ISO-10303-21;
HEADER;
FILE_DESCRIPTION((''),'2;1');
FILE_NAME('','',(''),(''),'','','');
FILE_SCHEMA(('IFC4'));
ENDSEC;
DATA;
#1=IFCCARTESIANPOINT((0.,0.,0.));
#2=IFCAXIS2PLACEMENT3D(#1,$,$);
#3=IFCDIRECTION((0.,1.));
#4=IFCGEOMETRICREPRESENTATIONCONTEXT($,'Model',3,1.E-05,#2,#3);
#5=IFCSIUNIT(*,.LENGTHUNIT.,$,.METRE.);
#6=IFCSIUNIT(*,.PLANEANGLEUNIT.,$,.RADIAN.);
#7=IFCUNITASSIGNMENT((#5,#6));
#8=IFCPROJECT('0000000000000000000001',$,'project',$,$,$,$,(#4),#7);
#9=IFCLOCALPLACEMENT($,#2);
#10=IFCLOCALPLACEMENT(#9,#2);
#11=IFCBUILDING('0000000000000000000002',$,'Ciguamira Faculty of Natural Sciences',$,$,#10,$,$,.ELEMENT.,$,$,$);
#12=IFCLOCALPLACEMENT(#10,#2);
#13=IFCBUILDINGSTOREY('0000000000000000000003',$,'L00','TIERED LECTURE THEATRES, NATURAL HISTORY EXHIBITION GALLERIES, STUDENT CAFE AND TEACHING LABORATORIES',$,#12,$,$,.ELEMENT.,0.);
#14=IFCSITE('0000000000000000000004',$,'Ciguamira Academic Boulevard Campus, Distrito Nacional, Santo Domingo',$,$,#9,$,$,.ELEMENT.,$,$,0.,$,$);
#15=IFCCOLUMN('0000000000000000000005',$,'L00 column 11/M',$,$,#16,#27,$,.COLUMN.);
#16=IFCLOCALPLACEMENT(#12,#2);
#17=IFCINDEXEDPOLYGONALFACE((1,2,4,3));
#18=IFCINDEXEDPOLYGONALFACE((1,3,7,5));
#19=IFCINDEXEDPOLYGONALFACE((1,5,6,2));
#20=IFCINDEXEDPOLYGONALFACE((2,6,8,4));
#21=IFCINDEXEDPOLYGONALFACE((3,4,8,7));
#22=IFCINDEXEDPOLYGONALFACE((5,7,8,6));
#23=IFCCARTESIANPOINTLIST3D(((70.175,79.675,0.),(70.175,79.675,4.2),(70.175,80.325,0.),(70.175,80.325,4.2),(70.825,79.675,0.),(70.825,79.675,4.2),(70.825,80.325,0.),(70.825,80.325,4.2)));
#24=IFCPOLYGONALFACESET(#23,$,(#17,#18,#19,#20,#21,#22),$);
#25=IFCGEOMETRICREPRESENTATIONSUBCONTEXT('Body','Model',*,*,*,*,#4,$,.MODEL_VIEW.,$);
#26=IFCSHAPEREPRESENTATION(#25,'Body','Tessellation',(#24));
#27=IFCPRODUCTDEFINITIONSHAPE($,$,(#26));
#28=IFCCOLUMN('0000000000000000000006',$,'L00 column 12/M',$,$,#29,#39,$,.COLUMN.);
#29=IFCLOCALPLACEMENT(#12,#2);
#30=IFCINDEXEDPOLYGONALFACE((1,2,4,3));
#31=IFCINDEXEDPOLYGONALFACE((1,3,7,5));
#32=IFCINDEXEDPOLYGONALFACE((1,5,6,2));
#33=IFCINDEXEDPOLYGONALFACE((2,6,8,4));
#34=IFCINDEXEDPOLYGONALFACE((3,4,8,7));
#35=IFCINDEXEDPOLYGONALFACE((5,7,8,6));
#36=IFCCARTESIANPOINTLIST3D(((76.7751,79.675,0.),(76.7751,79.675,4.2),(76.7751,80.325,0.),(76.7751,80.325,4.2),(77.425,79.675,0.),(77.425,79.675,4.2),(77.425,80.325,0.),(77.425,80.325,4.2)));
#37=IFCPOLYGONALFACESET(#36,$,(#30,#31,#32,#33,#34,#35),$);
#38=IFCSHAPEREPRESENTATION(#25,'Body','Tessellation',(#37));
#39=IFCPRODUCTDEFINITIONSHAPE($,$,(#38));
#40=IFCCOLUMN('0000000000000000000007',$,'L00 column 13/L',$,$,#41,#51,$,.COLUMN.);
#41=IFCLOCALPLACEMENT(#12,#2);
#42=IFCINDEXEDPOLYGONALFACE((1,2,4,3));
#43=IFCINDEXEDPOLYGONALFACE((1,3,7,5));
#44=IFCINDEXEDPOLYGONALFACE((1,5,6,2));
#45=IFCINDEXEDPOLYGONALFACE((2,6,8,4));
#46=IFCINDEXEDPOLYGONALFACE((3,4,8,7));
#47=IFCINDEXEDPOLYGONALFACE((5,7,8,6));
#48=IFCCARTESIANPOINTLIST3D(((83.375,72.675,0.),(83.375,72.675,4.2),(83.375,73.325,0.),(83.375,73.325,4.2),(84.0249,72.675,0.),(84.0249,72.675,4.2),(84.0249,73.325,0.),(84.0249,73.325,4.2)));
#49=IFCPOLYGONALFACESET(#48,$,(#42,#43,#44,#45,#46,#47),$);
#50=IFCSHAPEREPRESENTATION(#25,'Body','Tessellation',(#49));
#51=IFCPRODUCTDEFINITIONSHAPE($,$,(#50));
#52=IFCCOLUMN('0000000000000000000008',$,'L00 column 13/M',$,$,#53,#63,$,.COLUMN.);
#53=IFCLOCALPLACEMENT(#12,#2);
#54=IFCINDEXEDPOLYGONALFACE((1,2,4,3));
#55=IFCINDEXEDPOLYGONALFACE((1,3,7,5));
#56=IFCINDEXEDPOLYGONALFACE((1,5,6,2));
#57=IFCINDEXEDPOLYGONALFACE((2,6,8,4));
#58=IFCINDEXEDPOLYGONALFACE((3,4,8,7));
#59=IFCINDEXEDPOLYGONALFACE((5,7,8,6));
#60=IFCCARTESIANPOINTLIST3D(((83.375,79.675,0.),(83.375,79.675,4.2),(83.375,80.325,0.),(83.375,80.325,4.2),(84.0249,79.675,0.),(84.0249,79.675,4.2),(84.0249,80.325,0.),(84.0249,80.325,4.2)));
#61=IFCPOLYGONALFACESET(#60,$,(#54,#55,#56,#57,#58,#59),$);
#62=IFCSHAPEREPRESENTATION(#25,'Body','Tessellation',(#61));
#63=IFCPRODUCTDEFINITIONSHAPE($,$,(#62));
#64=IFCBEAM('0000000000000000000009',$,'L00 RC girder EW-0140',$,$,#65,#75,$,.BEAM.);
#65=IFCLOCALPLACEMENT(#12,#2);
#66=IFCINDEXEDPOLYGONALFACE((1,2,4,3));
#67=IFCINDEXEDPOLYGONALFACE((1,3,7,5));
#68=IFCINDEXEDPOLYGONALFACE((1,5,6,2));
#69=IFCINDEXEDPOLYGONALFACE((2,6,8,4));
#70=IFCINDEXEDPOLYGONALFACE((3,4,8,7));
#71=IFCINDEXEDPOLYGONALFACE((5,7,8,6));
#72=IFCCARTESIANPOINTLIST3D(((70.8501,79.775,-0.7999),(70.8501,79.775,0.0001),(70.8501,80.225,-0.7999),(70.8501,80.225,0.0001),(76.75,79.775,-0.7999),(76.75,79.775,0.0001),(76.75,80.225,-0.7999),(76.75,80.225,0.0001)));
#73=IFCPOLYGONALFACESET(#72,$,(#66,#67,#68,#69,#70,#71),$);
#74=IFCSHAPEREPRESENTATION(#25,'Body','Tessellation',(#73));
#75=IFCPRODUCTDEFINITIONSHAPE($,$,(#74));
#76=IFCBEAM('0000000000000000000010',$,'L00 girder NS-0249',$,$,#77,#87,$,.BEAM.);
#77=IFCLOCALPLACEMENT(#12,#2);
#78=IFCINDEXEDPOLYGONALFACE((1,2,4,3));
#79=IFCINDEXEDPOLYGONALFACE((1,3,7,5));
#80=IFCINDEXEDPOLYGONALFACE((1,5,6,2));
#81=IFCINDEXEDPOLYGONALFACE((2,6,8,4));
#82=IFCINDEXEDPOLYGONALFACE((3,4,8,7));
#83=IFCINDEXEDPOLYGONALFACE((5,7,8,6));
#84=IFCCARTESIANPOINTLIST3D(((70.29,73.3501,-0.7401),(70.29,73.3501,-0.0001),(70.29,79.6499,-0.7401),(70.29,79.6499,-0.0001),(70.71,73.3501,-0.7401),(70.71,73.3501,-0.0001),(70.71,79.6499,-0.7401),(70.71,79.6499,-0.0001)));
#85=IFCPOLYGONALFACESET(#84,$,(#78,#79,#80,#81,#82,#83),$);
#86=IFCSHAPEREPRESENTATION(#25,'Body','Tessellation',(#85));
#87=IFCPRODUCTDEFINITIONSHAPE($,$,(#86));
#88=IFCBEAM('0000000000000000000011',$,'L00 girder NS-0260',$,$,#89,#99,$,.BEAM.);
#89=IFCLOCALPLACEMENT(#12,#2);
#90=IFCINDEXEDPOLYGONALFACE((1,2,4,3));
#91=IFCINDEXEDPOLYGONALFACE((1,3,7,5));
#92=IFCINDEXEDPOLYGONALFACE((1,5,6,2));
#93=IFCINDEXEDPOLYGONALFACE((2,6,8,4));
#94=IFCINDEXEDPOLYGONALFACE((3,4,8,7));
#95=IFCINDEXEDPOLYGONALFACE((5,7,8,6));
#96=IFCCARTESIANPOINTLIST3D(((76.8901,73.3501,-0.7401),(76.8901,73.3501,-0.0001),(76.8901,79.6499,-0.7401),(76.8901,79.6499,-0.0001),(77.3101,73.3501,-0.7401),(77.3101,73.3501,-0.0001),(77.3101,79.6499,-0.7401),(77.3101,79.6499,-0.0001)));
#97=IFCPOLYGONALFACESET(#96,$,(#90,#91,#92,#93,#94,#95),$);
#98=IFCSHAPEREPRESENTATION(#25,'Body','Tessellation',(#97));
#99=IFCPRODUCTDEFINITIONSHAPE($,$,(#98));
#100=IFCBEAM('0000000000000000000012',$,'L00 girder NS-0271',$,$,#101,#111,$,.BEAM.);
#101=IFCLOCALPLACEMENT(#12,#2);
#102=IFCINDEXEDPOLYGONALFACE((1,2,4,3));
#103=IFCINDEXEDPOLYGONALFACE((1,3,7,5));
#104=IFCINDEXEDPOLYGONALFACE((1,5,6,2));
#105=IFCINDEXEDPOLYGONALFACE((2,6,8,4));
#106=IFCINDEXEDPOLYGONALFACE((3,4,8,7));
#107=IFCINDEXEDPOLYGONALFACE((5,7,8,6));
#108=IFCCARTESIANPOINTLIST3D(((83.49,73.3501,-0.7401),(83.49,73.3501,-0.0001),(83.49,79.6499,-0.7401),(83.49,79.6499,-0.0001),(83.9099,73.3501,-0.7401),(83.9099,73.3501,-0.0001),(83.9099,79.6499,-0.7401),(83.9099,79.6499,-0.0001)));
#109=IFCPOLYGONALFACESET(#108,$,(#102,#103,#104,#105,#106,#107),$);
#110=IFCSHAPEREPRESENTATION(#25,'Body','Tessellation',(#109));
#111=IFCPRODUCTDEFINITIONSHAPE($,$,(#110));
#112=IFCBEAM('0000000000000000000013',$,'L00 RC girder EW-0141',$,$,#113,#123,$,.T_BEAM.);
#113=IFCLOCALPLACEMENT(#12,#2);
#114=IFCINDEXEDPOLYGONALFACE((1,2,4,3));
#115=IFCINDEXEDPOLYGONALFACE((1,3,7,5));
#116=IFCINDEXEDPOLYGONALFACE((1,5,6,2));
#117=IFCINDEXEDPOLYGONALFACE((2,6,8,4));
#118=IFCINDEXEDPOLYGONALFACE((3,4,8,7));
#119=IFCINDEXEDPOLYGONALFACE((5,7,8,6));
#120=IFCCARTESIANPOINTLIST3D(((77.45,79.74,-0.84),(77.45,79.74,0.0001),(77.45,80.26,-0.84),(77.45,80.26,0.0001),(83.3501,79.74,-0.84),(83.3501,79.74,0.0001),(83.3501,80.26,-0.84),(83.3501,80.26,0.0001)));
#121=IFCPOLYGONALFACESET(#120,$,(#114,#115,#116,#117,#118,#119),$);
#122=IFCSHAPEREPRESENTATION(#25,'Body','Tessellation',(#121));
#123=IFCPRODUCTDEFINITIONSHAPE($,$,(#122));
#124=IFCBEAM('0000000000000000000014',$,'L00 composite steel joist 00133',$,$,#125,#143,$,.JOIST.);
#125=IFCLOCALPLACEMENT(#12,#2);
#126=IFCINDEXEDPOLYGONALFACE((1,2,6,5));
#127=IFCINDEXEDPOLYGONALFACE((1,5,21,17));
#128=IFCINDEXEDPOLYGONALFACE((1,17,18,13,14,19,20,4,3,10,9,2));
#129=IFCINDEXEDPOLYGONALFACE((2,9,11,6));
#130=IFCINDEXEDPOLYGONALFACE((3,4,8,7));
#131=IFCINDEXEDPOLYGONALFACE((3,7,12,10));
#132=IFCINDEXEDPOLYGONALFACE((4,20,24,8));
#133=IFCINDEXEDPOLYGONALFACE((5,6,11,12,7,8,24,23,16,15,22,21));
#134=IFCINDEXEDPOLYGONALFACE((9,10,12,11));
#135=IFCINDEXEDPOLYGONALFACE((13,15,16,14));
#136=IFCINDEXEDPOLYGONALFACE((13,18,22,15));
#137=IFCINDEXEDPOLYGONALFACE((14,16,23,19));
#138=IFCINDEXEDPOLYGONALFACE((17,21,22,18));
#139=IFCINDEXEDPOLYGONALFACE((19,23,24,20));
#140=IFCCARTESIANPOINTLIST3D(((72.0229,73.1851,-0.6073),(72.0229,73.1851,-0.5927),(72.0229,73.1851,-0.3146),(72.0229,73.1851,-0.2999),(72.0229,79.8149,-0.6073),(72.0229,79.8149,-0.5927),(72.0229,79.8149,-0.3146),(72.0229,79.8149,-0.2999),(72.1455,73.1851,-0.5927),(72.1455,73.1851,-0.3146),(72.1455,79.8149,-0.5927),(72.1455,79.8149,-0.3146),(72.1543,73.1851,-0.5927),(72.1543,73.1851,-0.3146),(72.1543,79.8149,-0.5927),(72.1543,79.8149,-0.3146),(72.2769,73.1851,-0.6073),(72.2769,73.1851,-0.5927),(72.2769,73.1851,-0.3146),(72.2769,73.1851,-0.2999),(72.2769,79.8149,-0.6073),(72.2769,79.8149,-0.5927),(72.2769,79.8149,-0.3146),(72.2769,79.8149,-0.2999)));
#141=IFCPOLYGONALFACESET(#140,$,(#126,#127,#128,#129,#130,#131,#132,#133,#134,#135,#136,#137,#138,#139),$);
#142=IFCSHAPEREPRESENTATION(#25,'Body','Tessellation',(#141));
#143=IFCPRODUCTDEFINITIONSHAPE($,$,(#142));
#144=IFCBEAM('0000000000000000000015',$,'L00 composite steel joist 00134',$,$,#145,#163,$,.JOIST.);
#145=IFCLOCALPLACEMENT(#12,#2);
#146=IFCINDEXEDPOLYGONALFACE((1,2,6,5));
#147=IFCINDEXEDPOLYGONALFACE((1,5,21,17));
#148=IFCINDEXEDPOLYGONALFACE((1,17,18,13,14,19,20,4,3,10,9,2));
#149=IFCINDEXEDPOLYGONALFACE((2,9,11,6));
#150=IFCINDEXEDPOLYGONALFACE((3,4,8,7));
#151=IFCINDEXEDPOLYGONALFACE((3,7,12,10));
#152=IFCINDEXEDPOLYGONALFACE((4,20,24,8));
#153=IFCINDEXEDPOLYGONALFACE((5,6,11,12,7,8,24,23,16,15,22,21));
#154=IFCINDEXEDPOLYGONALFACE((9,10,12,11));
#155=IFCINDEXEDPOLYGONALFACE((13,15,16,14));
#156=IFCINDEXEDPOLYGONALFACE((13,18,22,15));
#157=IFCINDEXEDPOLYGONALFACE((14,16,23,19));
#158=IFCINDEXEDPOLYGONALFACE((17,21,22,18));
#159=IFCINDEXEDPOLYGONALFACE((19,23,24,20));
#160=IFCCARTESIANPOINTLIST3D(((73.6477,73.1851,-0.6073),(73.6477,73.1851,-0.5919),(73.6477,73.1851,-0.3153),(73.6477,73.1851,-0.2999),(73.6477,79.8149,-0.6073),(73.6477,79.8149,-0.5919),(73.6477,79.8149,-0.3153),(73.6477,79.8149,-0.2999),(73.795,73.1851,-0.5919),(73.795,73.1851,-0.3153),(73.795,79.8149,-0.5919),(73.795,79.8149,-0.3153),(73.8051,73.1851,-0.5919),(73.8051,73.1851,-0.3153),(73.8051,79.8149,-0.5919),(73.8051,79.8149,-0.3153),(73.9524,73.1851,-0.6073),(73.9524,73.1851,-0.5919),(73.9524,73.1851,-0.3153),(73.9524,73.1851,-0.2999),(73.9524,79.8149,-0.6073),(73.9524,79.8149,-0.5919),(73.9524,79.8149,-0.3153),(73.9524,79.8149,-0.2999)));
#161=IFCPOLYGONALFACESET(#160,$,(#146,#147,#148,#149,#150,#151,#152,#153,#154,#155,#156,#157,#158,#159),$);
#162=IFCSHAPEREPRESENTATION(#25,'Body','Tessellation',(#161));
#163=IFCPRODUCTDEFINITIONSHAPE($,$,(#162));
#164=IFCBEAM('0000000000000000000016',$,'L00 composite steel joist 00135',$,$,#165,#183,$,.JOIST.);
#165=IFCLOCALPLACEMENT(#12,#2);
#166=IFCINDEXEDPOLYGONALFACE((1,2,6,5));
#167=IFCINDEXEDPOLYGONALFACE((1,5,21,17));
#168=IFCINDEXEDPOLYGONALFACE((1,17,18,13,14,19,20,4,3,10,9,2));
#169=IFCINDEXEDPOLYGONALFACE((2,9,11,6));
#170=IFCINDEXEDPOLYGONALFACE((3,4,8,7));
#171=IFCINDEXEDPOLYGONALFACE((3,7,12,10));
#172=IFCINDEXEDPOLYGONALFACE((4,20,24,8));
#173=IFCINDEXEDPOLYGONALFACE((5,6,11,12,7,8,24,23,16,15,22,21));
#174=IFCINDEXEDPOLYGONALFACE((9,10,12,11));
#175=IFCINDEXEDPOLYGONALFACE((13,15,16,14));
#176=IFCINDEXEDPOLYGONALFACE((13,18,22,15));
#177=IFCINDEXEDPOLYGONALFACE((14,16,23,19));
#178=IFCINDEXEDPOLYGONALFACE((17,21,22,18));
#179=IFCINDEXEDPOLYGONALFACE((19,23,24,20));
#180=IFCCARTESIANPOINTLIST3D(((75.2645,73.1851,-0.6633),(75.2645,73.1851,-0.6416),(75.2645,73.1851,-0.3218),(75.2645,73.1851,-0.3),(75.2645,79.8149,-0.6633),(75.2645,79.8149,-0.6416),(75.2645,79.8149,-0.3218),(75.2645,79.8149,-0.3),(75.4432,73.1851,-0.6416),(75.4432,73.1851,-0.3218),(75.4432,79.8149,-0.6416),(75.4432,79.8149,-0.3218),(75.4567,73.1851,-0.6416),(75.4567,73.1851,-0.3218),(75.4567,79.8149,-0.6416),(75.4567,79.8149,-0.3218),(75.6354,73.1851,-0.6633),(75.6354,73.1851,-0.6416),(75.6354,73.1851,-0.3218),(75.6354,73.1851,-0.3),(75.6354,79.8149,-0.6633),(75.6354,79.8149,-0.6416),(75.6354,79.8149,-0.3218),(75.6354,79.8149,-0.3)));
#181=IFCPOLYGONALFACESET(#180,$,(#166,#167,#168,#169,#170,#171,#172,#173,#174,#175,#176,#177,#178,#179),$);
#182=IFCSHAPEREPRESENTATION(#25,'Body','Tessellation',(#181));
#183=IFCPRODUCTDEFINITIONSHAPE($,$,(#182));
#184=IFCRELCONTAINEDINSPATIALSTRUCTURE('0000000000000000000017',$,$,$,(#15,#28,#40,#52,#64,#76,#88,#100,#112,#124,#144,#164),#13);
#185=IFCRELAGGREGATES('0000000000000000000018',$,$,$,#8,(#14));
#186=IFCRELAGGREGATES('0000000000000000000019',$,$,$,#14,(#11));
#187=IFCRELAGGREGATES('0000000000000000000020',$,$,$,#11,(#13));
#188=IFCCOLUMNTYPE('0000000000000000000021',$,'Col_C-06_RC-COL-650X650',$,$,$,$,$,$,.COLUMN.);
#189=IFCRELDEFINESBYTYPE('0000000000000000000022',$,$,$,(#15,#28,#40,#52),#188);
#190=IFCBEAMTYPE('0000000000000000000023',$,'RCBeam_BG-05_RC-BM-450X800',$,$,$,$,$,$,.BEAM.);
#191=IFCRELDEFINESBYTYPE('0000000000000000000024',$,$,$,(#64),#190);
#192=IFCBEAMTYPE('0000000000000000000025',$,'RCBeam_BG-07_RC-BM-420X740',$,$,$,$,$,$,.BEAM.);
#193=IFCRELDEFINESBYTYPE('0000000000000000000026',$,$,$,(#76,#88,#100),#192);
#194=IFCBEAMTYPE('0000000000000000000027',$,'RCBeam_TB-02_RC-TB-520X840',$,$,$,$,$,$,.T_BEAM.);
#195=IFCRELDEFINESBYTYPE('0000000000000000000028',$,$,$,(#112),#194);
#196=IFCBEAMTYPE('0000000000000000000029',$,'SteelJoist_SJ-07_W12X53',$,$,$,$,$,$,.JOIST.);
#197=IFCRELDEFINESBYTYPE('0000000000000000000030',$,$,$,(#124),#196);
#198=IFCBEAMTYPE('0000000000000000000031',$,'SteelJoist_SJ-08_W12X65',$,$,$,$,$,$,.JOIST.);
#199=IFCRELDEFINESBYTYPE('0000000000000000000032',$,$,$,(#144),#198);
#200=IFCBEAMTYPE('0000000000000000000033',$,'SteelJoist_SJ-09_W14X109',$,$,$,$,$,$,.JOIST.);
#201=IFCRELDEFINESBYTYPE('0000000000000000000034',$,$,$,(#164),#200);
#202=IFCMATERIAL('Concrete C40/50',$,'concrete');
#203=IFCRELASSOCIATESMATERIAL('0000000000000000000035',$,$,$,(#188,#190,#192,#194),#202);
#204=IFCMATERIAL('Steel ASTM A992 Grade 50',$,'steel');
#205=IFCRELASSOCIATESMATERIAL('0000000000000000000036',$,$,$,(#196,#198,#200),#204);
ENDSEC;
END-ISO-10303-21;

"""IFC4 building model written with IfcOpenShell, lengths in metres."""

from ifc_helpers import new_model, si_unit, direction, frame, origin, origin_2d, place, context, subcontext, project, spatial, rectangle, i_section, extrude, material, material_profile, profile_set, type_object, element, save


model = new_model("IFC4")

# Units and contexts
model_context = context("Model", 3, precision=1e-05, world=origin(), true_north=direction((0.0, 1.0)))
body_context = subcontext(model_context, "Body", "Model", "MODEL_VIEW")
ifc_project = project(units=[si_unit("LENGTHUNIT", "METRE"), si_unit("PLANEANGLEUNIT", "RADIAN")], contexts=[model_context])

# Site, building, storey
site_placement = place(None, origin())
site = spatial("IfcSite", under=ifc_project, at=site_placement, Name="Ciguamira Academic Boulevard Campus, Distrito Nacional, Santo Domingo", CompositionType="ELEMENT", RefElevation=0.0)
building_placement = place(site_placement, origin())
building = spatial("IfcBuilding", under=site, at=building_placement, Name="Ciguamira Faculty of Natural Sciences", CompositionType="ELEMENT")
storey_placement = place(building_placement, origin())
storey = spatial("IfcBuildingStorey", under=building, at=storey_placement, Name="L00", Description="TIERED LECTURE THEATRES, NATURAL HISTORY EXHIBITION GALLERIES, STUDENT CAFE AND TEACHING LABORATORIES", CompositionType="ELEMENT", Elevation=0.0)

# Columns
ifc_material_1 = material(Name="Concrete C40/50", Category="concrete")
ifc_material_profile_1 = material_profile(ifc_material_1, rectangle(XDim=0.6499, YDim=0.6499, at=origin_2d()), Name="RC-COL-650X650")
ifc_profile_set_1 = profile_set([ifc_material_profile_1], Name="Concrete C40/50")
column_type = type_object("IfcColumnType", Name="Col_C-06_RC-COL-650X650", PredefinedType="COLUMN", material=ifc_profile_set_1)
for number, where, z_axis, x_axis, name in (
    (1, (70.5, 80.0, 0.0), (0.0, 0.0, 1.0), (1.0, 0.0, 0.0), "L00 column 11/M"),
    (2, (77.1001, 80.0, 0.0), (0.0, 0.0, 1.0), (1.0, 0.0, 0.0), "L00 column 12/M"),
    (3, (83.7, 73.0, 0.0), (0.0, 0.0, 1.0), (1.0, 0.0, 0.0), "L00 column 13/L"),
    (4, (83.7, 80.0, 0.0), (0.0, 0.0, 1.0), (1.0, 0.0, 0.0), "L00 column 13/M"),
):
    element("IfcColumn", number, at=place(storey_placement, frame(where, z_axis=z_axis, x_axis=x_axis)), inside=storey, type_object=column_type, Name=name, PredefinedType="COLUMN", context=body_context, shape_type="SweptSolid", body=[
        extrude(rectangle(XDim=0.6499, YDim=0.6499, at=origin_2d()), origin(), (0.0, 0.0, 1.0), 4.2),
    ])

# Beams
ifc_material_profile_2 = material_profile(ifc_material_1, rectangle(XDim=0.45, YDim=0.8, at=origin_2d()), Name="RC-BM-450X800")
ifc_profile_set_2 = profile_set([ifc_material_profile_2], Name="Concrete C40/50")
beam_type_1 = type_object("IfcBeamType", Name="RCBeam_BG-05_RC-BM-450X800", PredefinedType="BEAM", material=ifc_profile_set_2)
beam_1_placement = place(storey_placement, frame((70.8501, 80.0, -0.3999), z_axis=(1.0, 0.0, 0.0), x_axis=(0.0, 1.0, 0.0)))
element("IfcBeam", 5, at=beam_1_placement, inside=storey, type_object=beam_type_1, Name="L00 RC girder EW-0140", PredefinedType="BEAM", context=body_context, shape_type="SweptSolid", body=[
    extrude(rectangle(XDim=0.45, YDim=0.8, at=origin_2d()), origin(), (0.0, 0.0, 1.0), 5.8999),
])
ifc_material_profile_3 = material_profile(ifc_material_1, rectangle(XDim=0.4199, YDim=0.74, at=origin_2d()), Name="RC-BM-420X740")
ifc_profile_set_3 = profile_set([ifc_material_profile_3], Name="Concrete C40/50")
beam_type_2 = type_object("IfcBeamType", Name="RCBeam_BG-07_RC-BM-420X740", PredefinedType="BEAM", material=ifc_profile_set_3)
for number, where, z_axis, x_axis, name in (
    (6, (70.5, 73.3501, -0.3701), (0.0, 1.0, 0.0), (-1.0, 0.0, 0.0), "L00 girder NS-0249"),
    (7, (77.1001, 73.3501, -0.3701), (0.0, 1.0, 0.0), (-1.0, 0.0, 0.0), "L00 girder NS-0260"),
    (8, (83.7, 73.3501, -0.3701), (0.0, 1.0, 0.0), (-1.0, 0.0, 0.0), "L00 girder NS-0271"),
):
    element("IfcBeam", number, at=place(storey_placement, frame(where, z_axis=z_axis, x_axis=x_axis)), inside=storey, type_object=beam_type_2, Name=name, PredefinedType="BEAM", context=body_context, shape_type="SweptSolid", body=[
        extrude(rectangle(XDim=0.4199, YDim=0.74, at=origin_2d()), origin(), (0.0, 0.0, 1.0), 6.2998),
    ])
ifc_material_profile_4 = material_profile(ifc_material_1, rectangle(XDim=0.52, YDim=0.8401, at=origin_2d()), Name="RC-TB-520X840")
ifc_profile_set_4 = profile_set([ifc_material_profile_4], Name="Concrete C40/50")
beam_type_3 = type_object("IfcBeamType", Name="RCBeam_TB-02_RC-TB-520X840", PredefinedType="T_BEAM", material=ifc_profile_set_4)
beam_2_placement = place(storey_placement, frame((77.45, 80.0, -0.4199), z_axis=(1.0, 0.0, 0.0), x_axis=(0.0, 1.0, 0.0)))
element("IfcBeam", 9, at=beam_2_placement, inside=storey, type_object=beam_type_3, Name="L00 RC girder EW-0141", PredefinedType="T_BEAM", context=body_context, shape_type="SweptSolid", body=[
    extrude(rectangle(XDim=0.52, YDim=0.8401, at=origin_2d()), origin(), (0.0, 0.0, 1.0), 5.9001),
])
ifc_material_2 = material(Name="Steel ASTM A992 Grade 50", Category="steel")
ifc_material_profile_5 = material_profile(ifc_material_2, i_section(OverallWidth=0.2539, OverallDepth=0.3074, WebThickness=0.0088, FlangeThickness=0.0146, at=origin_2d()), Name="W12X53")
ifc_profile_set_5 = profile_set([ifc_material_profile_5], Name="Steel ASTM A992 Grade 50")
beam_type_4 = type_object("IfcBeamType", Name="SteelJoist_SJ-07_W12X53", PredefinedType="JOIST", material=ifc_profile_set_5)
beam_3_placement = place(storey_placement, frame((72.1499, 73.1851, -0.4536), z_axis=(0.0, 1.0, 0.0), x_axis=(-1.0, 0.0, 0.0)))
element("IfcBeam", 10, at=beam_3_placement, inside=storey, type_object=beam_type_4, Name="L00 composite steel joist 00133", PredefinedType="JOIST", context=body_context, shape_type="SweptSolid", body=[
    extrude(i_section(OverallWidth=0.2539, OverallDepth=0.3074, WebThickness=0.0088, FlangeThickness=0.0146, at=origin_2d()), origin(), (0.0, 0.0, 1.0), 6.6299),
])
ifc_material_profile_6 = material_profile(ifc_material_2, i_section(OverallWidth=0.3047, OverallDepth=0.3074, WebThickness=0.01, FlangeThickness=0.0154, at=origin_2d()), Name="W12X65")
ifc_profile_set_6 = profile_set([ifc_material_profile_6], Name="Steel ASTM A992 Grade 50")
beam_type_5 = type_object("IfcBeamType", Name="SteelJoist_SJ-08_W12X65", PredefinedType="JOIST", material=ifc_profile_set_6)
beam_4_placement = place(storey_placement, frame((73.8, 73.1851, -0.4536), z_axis=(0.0, 1.0, 0.0), x_axis=(-1.0, 0.0, 0.0)))
element("IfcBeam", 11, at=beam_4_placement, inside=storey, type_object=beam_type_5, Name="L00 composite steel joist 00134", PredefinedType="JOIST", context=body_context, shape_type="SweptSolid", body=[
    extrude(i_section(OverallWidth=0.3047, OverallDepth=0.3074, WebThickness=0.01, FlangeThickness=0.0154, at=origin_2d()), origin(), (0.0, 0.0, 1.0), 6.6299),
])
ifc_material_profile_7 = material_profile(ifc_material_2, i_section(OverallWidth=0.3708, OverallDepth=0.3633, WebThickness=0.0134, FlangeThickness=0.0217, at=origin_2d()), Name="W14X109")
ifc_profile_set_7 = profile_set([ifc_material_profile_7], Name="Steel ASTM A992 Grade 50")
beam_type_6 = type_object("IfcBeamType", Name="SteelJoist_SJ-09_W14X109", PredefinedType="JOIST", material=ifc_profile_set_7)
beam_5_placement = place(storey_placement, frame((75.45, 73.1851, -0.4817), z_axis=(0.0, 1.0, 0.0), x_axis=(-1.0, 0.0, 0.0)))
element("IfcBeam", 12, at=beam_5_placement, inside=storey, type_object=beam_type_6, Name="L00 composite steel joist 00135", PredefinedType="JOIST", context=body_context, shape_type="SweptSolid", body=[
    extrude(i_section(OverallWidth=0.3708, OverallDepth=0.3633, WebThickness=0.0134, FlangeThickness=0.0217, at=origin_2d()), origin(), (0.0, 0.0, 1.0), 6.6299),
])

save(model, "model.ifc")
